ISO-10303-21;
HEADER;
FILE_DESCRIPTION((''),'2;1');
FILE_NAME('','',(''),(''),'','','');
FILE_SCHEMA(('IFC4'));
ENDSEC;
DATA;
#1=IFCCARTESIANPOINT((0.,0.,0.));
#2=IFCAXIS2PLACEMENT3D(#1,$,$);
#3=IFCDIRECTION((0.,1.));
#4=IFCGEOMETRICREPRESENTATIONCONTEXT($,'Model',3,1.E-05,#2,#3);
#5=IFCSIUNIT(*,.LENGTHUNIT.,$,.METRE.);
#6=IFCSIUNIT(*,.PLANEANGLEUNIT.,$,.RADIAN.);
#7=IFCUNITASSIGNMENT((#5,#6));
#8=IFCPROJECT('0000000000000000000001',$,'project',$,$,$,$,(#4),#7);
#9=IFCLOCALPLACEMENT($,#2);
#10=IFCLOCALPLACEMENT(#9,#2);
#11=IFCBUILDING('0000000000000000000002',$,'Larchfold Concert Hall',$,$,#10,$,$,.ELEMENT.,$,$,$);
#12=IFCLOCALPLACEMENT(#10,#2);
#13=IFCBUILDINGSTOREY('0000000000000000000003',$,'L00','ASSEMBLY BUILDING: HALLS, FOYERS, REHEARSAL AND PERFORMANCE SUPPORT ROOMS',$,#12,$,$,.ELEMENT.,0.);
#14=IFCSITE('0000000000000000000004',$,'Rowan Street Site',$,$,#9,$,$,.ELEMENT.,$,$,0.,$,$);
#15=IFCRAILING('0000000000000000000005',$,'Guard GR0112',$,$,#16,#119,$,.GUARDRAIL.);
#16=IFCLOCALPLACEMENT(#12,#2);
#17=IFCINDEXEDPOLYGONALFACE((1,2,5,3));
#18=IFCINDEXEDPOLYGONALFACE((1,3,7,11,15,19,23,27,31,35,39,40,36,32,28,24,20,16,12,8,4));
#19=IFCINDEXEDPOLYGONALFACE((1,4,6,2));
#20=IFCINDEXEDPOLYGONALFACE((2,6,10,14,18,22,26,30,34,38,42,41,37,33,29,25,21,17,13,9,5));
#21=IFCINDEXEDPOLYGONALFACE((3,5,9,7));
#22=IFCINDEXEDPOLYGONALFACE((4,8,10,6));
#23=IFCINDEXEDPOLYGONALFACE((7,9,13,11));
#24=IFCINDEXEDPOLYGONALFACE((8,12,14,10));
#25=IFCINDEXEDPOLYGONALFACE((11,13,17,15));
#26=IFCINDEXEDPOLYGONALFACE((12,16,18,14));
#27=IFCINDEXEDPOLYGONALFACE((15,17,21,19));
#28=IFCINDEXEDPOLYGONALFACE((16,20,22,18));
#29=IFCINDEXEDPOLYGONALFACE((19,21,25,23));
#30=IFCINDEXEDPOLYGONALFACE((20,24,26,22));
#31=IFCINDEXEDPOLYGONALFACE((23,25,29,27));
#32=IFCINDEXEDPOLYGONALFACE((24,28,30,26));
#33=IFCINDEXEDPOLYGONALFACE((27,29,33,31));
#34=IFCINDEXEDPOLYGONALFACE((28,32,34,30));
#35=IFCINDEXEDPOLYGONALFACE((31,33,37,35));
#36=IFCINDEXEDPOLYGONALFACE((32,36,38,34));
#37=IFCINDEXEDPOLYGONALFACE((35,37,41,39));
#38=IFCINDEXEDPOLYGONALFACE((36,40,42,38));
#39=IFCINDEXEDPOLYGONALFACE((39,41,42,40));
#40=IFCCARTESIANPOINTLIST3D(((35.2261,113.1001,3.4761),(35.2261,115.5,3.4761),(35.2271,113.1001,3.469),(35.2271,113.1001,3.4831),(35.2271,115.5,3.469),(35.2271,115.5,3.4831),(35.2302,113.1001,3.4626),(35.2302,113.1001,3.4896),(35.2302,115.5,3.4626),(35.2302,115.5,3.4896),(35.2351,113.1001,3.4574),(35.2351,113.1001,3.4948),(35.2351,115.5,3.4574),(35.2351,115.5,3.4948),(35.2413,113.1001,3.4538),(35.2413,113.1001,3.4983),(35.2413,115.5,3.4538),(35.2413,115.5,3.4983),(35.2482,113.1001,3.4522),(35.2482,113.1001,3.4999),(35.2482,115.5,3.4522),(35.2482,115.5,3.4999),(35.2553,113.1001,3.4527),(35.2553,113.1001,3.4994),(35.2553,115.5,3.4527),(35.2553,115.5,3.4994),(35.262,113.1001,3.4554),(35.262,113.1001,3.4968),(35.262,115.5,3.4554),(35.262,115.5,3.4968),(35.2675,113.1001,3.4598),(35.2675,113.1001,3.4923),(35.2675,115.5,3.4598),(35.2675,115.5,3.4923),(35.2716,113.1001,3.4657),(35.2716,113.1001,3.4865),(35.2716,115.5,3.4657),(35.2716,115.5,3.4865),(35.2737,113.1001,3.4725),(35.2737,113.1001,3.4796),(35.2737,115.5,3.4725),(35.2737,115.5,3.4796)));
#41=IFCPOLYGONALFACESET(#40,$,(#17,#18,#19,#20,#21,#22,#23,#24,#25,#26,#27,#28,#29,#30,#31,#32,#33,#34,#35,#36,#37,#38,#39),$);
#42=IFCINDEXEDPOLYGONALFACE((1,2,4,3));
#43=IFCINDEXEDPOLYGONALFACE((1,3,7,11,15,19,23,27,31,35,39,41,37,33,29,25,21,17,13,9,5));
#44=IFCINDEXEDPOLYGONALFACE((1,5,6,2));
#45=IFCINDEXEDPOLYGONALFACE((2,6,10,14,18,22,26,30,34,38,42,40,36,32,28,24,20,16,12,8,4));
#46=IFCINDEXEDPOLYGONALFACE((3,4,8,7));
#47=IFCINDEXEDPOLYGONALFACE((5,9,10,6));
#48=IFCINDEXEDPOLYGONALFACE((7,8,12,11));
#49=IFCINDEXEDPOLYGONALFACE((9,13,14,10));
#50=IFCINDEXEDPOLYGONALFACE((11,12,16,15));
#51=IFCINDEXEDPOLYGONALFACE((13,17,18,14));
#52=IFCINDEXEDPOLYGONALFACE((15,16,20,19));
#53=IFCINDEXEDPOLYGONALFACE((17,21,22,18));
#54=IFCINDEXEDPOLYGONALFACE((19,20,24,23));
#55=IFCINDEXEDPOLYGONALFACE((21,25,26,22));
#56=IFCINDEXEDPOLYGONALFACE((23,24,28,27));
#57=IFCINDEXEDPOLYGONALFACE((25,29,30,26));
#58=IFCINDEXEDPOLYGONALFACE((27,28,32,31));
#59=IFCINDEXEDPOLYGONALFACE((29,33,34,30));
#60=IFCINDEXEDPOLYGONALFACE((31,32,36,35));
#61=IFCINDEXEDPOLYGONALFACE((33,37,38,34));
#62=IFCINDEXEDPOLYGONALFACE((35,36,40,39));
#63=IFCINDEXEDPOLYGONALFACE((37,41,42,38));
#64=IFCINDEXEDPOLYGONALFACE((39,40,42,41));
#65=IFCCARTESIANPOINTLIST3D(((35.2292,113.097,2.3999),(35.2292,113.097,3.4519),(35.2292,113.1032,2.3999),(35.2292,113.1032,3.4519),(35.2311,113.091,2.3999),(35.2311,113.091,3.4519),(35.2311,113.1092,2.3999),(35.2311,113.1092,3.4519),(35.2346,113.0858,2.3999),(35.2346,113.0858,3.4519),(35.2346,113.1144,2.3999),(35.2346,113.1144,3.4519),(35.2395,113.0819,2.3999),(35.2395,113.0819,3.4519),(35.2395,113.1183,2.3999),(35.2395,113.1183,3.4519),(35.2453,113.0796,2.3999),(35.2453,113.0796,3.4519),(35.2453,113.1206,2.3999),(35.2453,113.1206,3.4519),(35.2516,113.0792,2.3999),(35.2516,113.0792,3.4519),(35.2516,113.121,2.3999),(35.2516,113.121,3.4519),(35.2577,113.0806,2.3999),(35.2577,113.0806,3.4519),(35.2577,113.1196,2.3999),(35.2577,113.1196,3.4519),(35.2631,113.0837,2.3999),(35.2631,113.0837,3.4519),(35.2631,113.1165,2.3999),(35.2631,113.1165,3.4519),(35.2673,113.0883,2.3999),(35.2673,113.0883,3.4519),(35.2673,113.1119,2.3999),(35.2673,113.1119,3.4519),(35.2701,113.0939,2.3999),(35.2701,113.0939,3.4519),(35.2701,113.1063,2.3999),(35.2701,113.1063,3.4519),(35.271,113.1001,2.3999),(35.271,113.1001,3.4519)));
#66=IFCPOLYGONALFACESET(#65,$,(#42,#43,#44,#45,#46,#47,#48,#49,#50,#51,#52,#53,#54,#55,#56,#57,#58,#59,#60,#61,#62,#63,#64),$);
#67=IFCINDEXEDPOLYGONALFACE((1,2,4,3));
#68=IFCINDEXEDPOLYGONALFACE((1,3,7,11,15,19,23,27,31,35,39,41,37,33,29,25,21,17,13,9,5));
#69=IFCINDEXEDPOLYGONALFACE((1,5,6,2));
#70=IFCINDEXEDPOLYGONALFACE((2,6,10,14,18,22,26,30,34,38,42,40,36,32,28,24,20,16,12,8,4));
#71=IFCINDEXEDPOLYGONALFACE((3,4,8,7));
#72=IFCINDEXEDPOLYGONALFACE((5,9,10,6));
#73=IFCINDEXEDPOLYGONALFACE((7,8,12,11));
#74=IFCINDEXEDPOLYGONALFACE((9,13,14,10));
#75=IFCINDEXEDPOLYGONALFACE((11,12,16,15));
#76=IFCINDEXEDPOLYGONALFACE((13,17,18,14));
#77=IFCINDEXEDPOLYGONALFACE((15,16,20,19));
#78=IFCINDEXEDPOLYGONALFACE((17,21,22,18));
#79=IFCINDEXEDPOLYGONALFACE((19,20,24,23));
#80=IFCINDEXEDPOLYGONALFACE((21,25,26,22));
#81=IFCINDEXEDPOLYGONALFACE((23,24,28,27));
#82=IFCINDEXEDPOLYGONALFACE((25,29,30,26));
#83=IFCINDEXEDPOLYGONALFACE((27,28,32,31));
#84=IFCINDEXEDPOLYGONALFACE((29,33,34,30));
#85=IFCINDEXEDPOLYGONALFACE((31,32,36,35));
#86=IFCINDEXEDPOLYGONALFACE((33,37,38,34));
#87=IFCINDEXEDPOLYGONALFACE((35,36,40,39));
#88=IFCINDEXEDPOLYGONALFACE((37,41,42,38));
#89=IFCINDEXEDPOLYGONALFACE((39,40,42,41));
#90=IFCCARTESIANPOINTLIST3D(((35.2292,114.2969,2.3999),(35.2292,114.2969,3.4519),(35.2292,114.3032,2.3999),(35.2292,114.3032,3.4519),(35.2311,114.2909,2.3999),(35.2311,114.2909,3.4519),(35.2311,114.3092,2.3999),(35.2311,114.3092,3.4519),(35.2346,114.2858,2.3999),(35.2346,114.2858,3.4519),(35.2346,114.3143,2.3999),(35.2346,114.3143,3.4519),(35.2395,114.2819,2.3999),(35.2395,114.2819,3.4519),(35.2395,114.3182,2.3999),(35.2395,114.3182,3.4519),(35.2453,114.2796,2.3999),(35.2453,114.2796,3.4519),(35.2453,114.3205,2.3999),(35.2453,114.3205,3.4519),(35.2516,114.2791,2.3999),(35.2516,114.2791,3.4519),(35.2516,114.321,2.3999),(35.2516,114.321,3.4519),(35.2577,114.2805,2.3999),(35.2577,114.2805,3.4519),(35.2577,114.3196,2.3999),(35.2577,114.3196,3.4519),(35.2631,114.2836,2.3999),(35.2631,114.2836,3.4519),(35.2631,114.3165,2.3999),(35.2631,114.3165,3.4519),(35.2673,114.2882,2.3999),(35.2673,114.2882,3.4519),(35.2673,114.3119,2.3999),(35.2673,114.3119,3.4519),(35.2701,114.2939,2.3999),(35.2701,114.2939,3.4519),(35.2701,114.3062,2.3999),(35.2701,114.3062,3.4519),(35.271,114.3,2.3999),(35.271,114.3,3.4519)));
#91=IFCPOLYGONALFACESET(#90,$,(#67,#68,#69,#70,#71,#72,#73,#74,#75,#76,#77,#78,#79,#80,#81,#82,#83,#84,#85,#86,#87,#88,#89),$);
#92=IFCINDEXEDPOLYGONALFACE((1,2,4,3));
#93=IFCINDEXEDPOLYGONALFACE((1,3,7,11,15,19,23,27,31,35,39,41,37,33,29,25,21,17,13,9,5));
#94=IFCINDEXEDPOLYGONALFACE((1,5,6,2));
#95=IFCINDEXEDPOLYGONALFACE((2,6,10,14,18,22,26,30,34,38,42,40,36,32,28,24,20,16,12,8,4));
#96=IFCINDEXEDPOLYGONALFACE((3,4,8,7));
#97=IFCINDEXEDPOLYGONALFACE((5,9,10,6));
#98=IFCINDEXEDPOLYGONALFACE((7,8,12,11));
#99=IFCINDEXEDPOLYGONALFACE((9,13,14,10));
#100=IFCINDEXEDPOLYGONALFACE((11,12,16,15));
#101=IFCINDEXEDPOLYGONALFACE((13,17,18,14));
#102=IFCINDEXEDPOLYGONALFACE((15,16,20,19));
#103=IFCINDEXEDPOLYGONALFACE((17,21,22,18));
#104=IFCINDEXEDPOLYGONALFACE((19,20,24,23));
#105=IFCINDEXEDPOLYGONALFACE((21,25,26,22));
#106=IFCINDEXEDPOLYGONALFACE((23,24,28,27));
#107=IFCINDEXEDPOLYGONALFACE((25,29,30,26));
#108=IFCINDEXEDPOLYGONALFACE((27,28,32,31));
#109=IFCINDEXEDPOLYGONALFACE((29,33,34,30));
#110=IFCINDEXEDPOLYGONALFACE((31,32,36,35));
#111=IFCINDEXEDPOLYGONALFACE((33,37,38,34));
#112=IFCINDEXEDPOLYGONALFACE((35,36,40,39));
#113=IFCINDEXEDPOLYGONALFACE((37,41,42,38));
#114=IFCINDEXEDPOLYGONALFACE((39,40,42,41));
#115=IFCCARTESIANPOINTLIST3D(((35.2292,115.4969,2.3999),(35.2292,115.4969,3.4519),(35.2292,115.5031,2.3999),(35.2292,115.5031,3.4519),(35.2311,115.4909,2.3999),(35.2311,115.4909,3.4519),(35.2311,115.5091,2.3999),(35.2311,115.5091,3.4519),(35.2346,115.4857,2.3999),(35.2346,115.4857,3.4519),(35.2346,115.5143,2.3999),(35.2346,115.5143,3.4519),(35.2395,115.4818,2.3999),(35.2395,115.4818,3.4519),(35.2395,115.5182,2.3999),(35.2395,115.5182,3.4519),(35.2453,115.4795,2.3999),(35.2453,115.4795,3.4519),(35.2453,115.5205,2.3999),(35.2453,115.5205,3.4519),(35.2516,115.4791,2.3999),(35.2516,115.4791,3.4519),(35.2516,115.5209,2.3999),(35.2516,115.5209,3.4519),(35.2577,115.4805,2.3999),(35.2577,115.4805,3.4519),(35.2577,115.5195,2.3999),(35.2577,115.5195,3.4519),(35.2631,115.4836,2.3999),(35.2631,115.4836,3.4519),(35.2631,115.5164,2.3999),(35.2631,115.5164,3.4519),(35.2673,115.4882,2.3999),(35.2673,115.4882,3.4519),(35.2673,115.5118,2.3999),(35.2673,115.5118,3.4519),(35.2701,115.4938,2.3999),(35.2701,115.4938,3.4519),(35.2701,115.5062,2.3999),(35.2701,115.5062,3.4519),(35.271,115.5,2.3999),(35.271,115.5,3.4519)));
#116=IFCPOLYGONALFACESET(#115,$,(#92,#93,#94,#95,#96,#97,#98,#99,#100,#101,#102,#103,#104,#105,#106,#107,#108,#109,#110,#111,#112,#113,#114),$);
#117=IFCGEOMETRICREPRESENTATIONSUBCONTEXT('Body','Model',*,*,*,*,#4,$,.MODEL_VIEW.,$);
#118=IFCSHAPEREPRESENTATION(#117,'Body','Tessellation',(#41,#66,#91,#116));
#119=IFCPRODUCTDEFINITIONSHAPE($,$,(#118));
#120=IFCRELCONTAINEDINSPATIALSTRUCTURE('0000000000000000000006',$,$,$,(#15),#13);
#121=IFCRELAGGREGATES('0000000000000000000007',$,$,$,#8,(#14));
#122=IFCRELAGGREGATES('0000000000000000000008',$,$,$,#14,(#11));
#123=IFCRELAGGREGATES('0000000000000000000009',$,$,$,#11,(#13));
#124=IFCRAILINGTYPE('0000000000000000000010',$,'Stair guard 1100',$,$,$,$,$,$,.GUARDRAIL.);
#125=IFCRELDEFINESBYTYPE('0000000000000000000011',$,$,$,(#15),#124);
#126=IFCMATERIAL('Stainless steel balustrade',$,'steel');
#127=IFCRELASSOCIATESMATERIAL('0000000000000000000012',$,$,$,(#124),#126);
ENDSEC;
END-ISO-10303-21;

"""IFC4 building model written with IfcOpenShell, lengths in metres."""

from ifc_helpers import new_model, si_unit, direction, frame, origin, origin_2d, place, context, subcontext, project, spatial, circle, extrude, material, type_object, element, save


model = new_model("IFC4")

# Units and contexts
model_context = context("Model", 3, precision=1e-05, world=origin(), true_north=direction((0.0, 1.0)))
body_context = subcontext(model_context, "Body", "Model", "MODEL_VIEW")
ifc_project = project(units=[si_unit("LENGTHUNIT", "METRE"), si_unit("PLANEANGLEUNIT", "RADIAN")], contexts=[model_context])

# Site, building, storey
site_placement = place(None, origin())
site = spatial("IfcSite", under=ifc_project, at=site_placement, Name="Rowan Street Site", CompositionType="ELEMENT", RefElevation=0.0)
building_placement = place(site_placement, origin())
building = spatial("IfcBuilding", under=site, at=building_placement, Name="Larchfold Concert Hall", CompositionType="ELEMENT")
storey_placement = place(building_placement, origin())
storey = spatial("IfcBuildingStorey", under=building, at=storey_placement, Name="L00", Description="ASSEMBLY BUILDING: HALLS, FOYERS, REHEARSAL AND PERFORMANCE SUPPORT ROOMS", CompositionType="ELEMENT", Elevation=0.0)

# Railing
ifc_material_1 = material(Name="Stainless steel balustrade", Category="steel")
railing_type_1 = type_object("IfcRailingType", Name="Stair guard 1100", PredefinedType="GUARDRAIL", material=ifc_material_1)
railing_1_placement = place(storey_placement, frame((35.25, 113.1001, 2.3999)))
element("IfcRailing", 1, at=railing_1_placement, inside=storey, type_object=railing_type_1, Name="Guard GR0112", PredefinedType="GUARDRAIL", context=body_context, shape_type="SweptSolid", body=[
    extrude(circle(Radius=0.0239, at=origin_2d()), frame((0.0, 0.0, 1.0762), z_axis=(0.0, 1.0, 0.0), x_axis=(-1.0, 0.0, 0.0)), (0.0, 0.0, 1.0), 2.3999),
    extrude(circle(Radius=0.021, at=origin_2d()), origin(), (0.0, 0.0, 1.0), 1.052),
    extrude(circle(Radius=0.021, at=origin_2d()), frame((0.0, 1.2, 0.0)), (0.0, 0.0, 1.0), 1.052),
    extrude(circle(Radius=0.021, at=origin_2d()), frame((0.0, 2.3999, 0.0)), (0.0, 0.0, 1.0), 1.052),
])

save(model, "model.ifc")
